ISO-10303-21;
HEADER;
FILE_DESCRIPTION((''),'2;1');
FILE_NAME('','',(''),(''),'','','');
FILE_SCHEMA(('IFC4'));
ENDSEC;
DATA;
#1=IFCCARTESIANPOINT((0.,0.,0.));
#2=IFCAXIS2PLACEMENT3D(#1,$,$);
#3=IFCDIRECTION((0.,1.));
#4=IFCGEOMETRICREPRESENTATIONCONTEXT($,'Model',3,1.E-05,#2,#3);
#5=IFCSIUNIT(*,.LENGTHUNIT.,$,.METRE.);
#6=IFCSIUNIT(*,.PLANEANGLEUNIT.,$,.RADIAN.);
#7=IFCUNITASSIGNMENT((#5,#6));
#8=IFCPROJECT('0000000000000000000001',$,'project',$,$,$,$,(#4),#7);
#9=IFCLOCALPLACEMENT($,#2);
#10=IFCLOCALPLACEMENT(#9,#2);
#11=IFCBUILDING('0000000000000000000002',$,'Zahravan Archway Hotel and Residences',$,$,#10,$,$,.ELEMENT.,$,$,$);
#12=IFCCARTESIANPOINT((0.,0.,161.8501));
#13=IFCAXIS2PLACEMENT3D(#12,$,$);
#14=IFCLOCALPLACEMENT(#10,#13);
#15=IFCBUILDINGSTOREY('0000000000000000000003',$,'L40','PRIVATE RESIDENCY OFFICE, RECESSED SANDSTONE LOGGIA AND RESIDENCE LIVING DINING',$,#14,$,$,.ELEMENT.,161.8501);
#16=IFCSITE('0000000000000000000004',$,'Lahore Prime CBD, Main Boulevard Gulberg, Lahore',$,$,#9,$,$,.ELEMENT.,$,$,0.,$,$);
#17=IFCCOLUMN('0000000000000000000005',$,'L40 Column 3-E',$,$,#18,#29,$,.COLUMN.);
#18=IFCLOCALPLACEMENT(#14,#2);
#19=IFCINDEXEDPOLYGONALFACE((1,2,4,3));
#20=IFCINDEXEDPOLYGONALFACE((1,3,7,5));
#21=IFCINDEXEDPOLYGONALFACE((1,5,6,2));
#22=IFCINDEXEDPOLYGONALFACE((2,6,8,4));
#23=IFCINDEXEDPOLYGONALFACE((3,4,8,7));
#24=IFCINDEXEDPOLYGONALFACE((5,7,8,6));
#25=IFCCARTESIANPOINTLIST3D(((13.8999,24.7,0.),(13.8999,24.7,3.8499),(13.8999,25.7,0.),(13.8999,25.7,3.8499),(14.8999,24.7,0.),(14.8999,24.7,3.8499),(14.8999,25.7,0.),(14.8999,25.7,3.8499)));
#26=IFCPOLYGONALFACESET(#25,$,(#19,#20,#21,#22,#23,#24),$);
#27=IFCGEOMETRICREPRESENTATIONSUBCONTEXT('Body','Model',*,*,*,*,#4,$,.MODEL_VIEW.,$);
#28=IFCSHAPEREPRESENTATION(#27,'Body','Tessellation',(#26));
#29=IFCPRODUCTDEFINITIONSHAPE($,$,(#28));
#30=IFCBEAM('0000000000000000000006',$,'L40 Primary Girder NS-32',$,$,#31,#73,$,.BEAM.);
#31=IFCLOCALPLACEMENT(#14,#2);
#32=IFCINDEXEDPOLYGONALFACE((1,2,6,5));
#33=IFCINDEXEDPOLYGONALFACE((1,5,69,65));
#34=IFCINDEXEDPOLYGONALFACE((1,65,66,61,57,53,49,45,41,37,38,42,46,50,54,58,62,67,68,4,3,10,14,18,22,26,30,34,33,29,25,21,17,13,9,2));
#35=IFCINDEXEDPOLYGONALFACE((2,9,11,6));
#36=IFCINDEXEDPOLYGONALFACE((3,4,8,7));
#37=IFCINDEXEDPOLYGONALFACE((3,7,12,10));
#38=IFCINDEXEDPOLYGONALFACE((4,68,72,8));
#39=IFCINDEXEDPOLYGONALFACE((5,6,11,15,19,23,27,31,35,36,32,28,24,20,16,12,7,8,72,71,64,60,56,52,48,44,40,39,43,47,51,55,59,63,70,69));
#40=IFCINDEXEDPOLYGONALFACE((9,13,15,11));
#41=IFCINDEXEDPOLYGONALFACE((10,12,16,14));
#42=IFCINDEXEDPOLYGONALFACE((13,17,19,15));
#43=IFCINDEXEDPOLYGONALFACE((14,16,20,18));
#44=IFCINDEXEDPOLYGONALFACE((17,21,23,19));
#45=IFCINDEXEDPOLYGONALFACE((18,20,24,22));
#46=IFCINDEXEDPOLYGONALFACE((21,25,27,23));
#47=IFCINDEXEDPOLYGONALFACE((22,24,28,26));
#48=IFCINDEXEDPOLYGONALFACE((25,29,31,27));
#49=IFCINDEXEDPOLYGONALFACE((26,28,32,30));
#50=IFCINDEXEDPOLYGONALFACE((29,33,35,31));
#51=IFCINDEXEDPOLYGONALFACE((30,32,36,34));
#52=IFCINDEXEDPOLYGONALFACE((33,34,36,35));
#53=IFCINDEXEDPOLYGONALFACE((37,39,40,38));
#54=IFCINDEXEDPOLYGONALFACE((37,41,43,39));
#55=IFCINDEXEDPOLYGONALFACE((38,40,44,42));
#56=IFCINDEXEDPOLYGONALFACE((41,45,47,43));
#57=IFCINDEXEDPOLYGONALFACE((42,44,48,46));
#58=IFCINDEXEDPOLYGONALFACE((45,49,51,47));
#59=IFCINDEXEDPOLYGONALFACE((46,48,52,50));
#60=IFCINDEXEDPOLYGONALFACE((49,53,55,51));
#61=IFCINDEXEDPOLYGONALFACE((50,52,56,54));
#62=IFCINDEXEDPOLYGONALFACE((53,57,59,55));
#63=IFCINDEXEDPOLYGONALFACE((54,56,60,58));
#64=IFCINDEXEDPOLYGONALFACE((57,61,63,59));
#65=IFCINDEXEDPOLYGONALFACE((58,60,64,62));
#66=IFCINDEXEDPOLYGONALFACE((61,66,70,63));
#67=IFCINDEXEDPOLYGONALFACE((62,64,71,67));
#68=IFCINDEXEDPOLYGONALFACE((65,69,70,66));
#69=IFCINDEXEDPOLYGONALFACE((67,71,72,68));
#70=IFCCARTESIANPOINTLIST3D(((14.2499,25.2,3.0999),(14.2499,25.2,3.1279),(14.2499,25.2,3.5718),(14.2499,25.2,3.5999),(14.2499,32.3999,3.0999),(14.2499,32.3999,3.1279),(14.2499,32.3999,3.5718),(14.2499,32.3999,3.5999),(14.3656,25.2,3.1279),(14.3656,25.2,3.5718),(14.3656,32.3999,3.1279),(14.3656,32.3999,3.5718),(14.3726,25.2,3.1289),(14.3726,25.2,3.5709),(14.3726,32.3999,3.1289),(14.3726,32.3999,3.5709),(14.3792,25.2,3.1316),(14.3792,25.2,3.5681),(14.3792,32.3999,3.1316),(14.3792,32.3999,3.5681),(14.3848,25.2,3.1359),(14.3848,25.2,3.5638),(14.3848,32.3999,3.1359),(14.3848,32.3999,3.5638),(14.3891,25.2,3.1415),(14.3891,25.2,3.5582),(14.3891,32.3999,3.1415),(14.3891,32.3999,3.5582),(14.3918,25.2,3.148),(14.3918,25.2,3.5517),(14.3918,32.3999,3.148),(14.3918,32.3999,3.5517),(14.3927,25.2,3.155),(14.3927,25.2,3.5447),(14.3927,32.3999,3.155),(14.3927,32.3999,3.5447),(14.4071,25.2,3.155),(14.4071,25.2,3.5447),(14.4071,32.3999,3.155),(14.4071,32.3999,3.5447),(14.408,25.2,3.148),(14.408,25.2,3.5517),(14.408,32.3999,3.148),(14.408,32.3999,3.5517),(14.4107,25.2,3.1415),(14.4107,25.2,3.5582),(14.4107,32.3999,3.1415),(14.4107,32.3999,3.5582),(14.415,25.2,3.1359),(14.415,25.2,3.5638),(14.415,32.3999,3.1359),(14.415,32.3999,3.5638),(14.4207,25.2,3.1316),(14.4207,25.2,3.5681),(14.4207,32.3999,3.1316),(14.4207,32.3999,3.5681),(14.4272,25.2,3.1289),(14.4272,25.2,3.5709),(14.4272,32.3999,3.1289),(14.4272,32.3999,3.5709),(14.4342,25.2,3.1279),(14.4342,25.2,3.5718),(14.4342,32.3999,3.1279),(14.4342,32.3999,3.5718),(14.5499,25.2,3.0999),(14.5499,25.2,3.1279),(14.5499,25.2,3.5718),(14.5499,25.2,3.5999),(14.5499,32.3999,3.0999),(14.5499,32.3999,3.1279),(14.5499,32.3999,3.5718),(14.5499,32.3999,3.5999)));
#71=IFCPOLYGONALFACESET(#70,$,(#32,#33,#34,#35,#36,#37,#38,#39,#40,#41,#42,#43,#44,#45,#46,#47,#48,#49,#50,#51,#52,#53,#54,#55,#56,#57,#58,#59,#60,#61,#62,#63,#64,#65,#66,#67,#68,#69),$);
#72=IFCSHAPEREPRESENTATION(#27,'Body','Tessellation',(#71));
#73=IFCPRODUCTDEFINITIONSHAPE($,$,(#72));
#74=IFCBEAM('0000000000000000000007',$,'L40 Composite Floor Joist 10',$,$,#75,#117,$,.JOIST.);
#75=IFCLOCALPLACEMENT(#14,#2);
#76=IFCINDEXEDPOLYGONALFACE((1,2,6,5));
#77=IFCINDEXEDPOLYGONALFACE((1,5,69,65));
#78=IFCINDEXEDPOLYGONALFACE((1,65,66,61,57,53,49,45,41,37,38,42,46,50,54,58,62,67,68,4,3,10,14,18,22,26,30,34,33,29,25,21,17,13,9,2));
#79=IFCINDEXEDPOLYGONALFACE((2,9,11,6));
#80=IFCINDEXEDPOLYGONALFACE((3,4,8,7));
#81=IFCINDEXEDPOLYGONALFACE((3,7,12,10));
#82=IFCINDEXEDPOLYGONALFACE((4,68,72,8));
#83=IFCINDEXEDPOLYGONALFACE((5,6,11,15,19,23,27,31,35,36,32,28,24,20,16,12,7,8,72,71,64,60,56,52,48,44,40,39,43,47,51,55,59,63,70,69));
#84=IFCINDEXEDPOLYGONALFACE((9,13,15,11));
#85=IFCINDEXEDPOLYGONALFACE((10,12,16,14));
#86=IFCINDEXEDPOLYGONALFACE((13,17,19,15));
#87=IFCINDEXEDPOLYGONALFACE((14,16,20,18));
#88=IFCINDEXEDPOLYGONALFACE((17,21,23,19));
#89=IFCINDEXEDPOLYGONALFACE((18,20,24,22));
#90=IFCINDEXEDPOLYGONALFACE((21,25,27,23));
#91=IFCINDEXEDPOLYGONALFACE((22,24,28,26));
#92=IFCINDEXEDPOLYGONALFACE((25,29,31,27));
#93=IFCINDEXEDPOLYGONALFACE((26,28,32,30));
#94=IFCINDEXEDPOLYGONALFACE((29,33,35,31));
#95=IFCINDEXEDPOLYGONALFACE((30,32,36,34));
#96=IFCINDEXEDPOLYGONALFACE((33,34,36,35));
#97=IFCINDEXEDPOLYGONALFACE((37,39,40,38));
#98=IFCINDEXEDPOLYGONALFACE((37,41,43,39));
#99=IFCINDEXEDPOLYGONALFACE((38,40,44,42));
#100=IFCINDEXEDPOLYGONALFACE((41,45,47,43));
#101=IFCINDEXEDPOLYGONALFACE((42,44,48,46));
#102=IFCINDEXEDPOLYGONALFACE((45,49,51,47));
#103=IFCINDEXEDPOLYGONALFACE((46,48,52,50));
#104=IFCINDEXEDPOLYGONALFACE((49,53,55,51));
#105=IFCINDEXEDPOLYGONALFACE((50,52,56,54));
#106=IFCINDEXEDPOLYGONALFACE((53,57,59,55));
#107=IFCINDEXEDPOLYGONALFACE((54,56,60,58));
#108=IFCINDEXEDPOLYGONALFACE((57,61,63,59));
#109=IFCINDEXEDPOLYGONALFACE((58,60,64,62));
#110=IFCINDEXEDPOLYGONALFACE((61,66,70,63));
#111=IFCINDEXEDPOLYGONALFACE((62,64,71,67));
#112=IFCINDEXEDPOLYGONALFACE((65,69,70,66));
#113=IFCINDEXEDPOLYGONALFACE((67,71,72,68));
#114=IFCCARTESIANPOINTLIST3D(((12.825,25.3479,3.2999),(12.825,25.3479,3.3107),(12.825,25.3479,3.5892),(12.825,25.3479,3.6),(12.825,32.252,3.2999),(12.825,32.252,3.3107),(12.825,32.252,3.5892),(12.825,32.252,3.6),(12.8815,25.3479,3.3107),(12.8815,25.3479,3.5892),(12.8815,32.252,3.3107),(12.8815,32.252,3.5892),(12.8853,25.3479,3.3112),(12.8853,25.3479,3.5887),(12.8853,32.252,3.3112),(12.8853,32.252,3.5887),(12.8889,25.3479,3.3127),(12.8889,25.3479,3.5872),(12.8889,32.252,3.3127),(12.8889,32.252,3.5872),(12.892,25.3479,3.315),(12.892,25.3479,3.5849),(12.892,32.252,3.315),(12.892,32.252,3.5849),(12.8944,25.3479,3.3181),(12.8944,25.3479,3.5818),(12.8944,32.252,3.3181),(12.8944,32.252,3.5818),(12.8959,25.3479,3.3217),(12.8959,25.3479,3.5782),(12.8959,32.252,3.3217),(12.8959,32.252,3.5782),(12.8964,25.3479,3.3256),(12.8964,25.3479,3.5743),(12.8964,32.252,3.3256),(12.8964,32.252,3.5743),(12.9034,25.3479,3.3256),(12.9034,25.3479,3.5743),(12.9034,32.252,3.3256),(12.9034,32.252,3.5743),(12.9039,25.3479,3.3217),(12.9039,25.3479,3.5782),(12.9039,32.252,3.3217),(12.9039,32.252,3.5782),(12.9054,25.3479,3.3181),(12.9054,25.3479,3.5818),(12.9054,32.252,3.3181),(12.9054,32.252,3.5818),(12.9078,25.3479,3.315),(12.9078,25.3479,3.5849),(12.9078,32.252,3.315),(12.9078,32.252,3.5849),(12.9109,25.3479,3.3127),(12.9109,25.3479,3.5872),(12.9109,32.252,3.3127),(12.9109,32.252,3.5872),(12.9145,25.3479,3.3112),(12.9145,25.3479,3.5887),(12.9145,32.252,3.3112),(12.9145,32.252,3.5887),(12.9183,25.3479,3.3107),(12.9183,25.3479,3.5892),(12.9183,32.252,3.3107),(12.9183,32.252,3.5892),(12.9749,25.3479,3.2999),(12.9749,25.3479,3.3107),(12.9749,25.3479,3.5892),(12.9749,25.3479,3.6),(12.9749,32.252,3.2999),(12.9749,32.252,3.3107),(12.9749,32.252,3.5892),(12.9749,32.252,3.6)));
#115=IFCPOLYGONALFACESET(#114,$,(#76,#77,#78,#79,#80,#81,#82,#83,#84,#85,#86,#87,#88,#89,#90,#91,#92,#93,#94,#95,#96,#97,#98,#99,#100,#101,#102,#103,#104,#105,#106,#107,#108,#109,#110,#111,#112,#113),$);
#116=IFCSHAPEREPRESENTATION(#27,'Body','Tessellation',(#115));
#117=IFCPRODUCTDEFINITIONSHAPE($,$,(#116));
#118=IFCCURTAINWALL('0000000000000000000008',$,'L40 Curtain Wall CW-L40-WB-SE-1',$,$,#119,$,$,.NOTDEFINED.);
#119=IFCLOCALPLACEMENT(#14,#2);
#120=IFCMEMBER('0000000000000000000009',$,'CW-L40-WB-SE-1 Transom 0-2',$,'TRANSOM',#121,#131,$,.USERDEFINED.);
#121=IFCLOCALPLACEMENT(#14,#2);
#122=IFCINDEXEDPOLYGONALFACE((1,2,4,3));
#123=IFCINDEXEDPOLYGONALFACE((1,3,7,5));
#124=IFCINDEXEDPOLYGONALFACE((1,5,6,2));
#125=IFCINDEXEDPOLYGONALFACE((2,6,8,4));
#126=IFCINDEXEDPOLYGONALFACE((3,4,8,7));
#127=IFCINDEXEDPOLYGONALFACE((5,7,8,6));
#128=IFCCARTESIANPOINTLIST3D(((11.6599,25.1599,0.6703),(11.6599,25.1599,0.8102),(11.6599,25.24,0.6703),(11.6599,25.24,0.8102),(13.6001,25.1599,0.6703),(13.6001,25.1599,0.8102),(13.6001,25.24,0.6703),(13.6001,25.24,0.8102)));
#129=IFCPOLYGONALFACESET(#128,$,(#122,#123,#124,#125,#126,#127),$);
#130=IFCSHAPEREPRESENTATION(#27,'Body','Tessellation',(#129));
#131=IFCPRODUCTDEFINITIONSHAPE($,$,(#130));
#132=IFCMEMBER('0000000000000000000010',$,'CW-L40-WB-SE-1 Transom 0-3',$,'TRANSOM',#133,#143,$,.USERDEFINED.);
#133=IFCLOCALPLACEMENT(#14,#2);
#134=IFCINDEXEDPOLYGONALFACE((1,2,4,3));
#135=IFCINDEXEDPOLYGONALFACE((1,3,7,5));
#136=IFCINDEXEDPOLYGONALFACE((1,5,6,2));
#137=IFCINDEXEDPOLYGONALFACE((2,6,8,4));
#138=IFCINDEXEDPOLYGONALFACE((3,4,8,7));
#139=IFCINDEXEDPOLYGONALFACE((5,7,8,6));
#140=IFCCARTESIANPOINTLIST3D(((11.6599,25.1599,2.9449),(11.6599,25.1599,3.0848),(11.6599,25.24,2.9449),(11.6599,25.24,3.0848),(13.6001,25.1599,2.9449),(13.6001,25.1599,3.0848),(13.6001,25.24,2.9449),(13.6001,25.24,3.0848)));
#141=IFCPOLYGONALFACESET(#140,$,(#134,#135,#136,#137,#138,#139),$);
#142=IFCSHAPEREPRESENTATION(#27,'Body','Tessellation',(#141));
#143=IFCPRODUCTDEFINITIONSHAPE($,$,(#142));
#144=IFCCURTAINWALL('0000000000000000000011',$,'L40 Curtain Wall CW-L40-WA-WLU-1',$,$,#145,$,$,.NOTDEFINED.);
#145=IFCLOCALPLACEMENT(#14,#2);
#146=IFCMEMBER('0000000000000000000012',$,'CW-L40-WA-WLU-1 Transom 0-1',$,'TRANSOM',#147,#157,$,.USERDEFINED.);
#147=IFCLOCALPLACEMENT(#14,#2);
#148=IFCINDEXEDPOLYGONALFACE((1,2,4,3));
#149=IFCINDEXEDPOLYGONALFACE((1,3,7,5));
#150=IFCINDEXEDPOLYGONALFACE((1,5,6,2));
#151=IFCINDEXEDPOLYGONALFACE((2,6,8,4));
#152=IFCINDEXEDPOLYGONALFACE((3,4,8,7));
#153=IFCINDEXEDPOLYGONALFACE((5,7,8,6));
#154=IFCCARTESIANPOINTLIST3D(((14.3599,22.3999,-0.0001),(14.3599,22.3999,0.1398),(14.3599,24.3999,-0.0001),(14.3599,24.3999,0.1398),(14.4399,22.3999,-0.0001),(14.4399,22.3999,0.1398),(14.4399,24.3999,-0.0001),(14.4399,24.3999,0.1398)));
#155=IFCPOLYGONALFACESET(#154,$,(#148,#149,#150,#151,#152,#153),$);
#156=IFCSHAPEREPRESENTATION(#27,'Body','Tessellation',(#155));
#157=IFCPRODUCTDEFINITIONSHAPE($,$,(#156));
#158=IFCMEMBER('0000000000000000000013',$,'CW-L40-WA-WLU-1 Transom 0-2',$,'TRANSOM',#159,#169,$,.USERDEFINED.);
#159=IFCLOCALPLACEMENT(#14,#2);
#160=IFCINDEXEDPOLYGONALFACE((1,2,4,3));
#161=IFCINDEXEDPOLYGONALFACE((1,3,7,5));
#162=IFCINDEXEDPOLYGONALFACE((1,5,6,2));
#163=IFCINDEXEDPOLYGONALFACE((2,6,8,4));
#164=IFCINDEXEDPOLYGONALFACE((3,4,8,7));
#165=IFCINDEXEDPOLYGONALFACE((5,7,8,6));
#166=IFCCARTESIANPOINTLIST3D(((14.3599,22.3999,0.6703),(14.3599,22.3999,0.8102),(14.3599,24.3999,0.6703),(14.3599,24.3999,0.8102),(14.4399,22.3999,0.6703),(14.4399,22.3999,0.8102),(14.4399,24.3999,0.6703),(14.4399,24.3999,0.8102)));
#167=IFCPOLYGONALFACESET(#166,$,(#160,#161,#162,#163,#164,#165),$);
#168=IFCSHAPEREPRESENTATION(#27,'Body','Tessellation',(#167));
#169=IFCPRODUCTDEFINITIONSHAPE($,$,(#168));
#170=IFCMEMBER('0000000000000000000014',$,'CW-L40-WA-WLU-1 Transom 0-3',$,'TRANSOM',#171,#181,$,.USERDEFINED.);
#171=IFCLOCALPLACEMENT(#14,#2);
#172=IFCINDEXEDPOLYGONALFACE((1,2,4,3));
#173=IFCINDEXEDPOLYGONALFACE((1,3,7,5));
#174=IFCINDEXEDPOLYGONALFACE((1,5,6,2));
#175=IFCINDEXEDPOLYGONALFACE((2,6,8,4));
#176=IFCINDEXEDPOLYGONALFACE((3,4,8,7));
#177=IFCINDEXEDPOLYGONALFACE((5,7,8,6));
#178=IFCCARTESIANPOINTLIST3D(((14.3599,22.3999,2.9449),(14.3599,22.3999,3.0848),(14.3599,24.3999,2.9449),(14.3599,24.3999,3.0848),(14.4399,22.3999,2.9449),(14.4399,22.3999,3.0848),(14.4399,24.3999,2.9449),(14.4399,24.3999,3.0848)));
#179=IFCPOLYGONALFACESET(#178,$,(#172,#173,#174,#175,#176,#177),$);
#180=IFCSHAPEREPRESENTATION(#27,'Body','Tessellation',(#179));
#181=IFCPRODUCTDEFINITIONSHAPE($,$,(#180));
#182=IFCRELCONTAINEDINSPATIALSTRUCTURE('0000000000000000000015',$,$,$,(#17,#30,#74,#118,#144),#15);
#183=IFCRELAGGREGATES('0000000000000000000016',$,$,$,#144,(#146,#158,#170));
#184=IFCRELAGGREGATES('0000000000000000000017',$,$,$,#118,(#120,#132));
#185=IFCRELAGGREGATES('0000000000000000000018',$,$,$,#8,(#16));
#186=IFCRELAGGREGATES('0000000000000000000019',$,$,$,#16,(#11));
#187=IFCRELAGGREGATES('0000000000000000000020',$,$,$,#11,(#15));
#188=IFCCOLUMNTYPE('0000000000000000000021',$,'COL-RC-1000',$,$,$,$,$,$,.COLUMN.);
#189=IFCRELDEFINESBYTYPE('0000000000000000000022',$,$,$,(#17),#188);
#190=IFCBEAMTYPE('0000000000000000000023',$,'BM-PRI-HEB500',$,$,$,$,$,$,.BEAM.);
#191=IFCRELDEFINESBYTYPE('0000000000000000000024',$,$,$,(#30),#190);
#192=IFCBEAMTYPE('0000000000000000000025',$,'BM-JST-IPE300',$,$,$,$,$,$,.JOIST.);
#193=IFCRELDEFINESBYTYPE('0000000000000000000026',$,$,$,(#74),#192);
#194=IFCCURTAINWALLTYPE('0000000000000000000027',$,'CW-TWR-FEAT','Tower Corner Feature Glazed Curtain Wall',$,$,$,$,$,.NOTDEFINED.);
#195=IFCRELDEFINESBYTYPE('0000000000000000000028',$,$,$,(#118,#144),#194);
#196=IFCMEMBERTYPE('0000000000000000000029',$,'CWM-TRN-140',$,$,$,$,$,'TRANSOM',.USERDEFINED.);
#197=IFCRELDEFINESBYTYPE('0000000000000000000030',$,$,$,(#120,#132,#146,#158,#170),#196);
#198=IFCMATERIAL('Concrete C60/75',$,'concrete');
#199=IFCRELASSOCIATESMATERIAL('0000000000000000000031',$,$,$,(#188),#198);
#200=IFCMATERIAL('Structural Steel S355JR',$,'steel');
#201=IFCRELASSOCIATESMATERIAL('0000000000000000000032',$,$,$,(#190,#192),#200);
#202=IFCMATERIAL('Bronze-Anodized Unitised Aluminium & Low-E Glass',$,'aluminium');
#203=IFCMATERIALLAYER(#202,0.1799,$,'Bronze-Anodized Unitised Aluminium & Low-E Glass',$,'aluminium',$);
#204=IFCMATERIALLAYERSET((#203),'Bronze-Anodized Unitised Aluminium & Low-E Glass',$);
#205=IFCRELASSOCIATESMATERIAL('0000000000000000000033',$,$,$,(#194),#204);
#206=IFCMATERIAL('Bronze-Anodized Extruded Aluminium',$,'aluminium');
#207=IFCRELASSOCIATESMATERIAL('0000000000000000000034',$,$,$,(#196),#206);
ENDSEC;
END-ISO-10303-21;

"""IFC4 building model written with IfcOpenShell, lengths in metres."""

from ifc_helpers import new_model, si_unit, direction, frame, origin, origin_2d, place, context, subcontext, project, spatial, rectangle, i_section, extrude, source, transform, mapped, material, layer, layer_set, material_profile, profile_set, type_object, type_shapes, element, aggregate, save


model = new_model("IFC4")

# Units and contexts
model_context = context("Model", 3, precision=1e-05, world=origin(), true_north=direction((0.0, 1.0)))
body_context = subcontext(model_context, "Body", "Model", "MODEL_VIEW")
ifc_project = project(units=[si_unit("LENGTHUNIT", "METRE"), si_unit("PLANEANGLEUNIT", "RADIAN")], contexts=[model_context])

# Site, building, storey
site_placement = place(None, origin())
site = spatial("IfcSite", under=ifc_project, at=site_placement, Name="Lahore Prime CBD, Main Boulevard Gulberg, Lahore", CompositionType="ELEMENT", RefElevation=0.0)
building_placement = place(site_placement, origin())
building = spatial("IfcBuilding", under=site, at=building_placement, Name="Zahravan Archway Hotel and Residences", CompositionType="ELEMENT")
storey_placement = place(building_placement, frame((0.0, 0.0, 161.8501)))
storey = spatial("IfcBuildingStorey", under=building, at=storey_placement, Name="L40", Description="PRIVATE RESIDENCY OFFICE, RECESSED SANDSTONE LOGGIA AND RESIDENCE LIVING DINING", CompositionType="ELEMENT", Elevation=161.8501)

# Column
ifc_material_1 = material(Name="Concrete C60/75", Category="concrete")
ifc_material_profile_1 = material_profile(ifc_material_1, rectangle(XDim=1.0, YDim=1.0, at=origin_2d()), Name="RC-COL-1000x1000", Category="concrete")
ifc_profile_set_1 = profile_set([ifc_material_profile_1], Name="Concrete C60/75")
column_type = type_object("IfcColumnType", Name="COL-RC-1000", PredefinedType="COLUMN", material=ifc_profile_set_1)
shared_shape_1 = source(origin(), body_context, "Body", "SweptSolid", [
    extrude(rectangle(XDim=1.0, YDim=1.0, at=origin_2d()), origin(), (0.0, 0.0, 1.0), 3.8499),
])
column_placement = place(storey_placement, frame((14.3999, 25.2, 0.0), z_axis=(0.0, 0.0, 1.0), x_axis=(1.0, 0.0, 0.0)))
element("IfcColumn", 1, at=column_placement, inside=storey, type_object=column_type, Name="L40 Column 3-E", PredefinedType="COLUMN", context=body_context, shape_type="MappedRepresentation", body=[
    mapped(shared_shape_1, transform((0.0, 0.0, 0.0), scale=1.0)),
])

# Beams
ifc_material_2 = material(Name="Structural Steel S355JR", Category="steel")
ifc_material_profile_2 = material_profile(ifc_material_2, i_section(OverallWidth=0.3, OverallDepth=0.5, WebThickness=0.0144, FlangeThickness=0.0281, FilletRadius=0.0271, at=origin_2d()), Name="HEB 500", Category="steel")
ifc_profile_set_2 = profile_set([ifc_material_profile_2], Name="Structural Steel S355JR")
beam_type_1 = type_object("IfcBeamType", Name="BM-PRI-HEB500", PredefinedType="BEAM", material=ifc_profile_set_2)
shared_shape_2 = source(origin(), body_context, "Body", "SweptSolid", [
    extrude(i_section(OverallWidth=0.3, OverallDepth=0.5, WebThickness=0.0144, FlangeThickness=0.0281, FilletRadius=0.0271, at=origin_2d()), origin(), (0.0, 0.0, 1.0), 7.2),
])
beam_1_placement = place(storey_placement, frame((14.3999, 25.2, 3.3499), z_axis=(0.0, 1.0, 0.0), x_axis=(-1.0, 0.0, 0.0)))
element("IfcBeam", 2, at=beam_1_placement, inside=storey, type_object=beam_type_1, Name="L40 Primary Girder NS-32", PredefinedType="BEAM", context=body_context, shape_type="MappedRepresentation", body=[
    mapped(shared_shape_2, transform((0.0, 0.0, 0.0), scale=1.0)),
])
ifc_material_profile_3 = material_profile(ifc_material_2, i_section(OverallWidth=0.1499, OverallDepth=0.3, WebThickness=0.0071, FlangeThickness=0.0107, FilletRadius=0.0149, at=origin_2d()), Name="IPE 300", Category="steel")
ifc_profile_set_3 = profile_set([ifc_material_profile_3], Name="Structural Steel S355JR")
beam_type_2 = type_object("IfcBeamType", Name="BM-JST-IPE300", PredefinedType="JOIST", material=ifc_profile_set_3)
shared_shape_3 = source(origin(), body_context, "Body", "SweptSolid", [
    extrude(i_section(OverallWidth=0.1499, OverallDepth=0.3, WebThickness=0.0071, FlangeThickness=0.0107, FilletRadius=0.0149, at=origin_2d()), origin(), (0.0, 0.0, 1.0), 6.9041),
])
type_shapes(beam_type_2, [shared_shape_3])
beam_2_placement = place(storey_placement, frame((12.8999, 25.3479, 3.45), z_axis=(0.0, 1.0, 0.0), x_axis=(-1.0, 0.0, 0.0)))
element("IfcBeam", 3, at=beam_2_placement, inside=storey, type_object=beam_type_2, Name="L40 Composite Floor Joist 10", PredefinedType="JOIST", context=body_context, shape_type="MappedRepresentation", body=[
    mapped(shared_shape_3, transform((0.0, 0.0, 0.0), scale=1.0)),
])

# Curtain walls, members
ifc_material_3 = material(Name="Bronze-Anodized Unitised Aluminium & Low-E Glass", Category="aluminium")
ifc_layer_1 = layer(ifc_material_3, 0.1799, Name="Bronze-Anodized Unitised Aluminium & Low-E Glass", Category="aluminium")
ifc_layer_set_1 = layer_set([ifc_layer_1], Name="Bronze-Anodized Unitised Aluminium & Low-E Glass")
curtain_wall_type = type_object("IfcCurtainWallType", Name="CW-TWR-FEAT", Description="Tower Corner Feature Glazed Curtain Wall", PredefinedType="NOTDEFINED", material=ifc_layer_set_1)
curtain_wall_1_placement = place(storey_placement, origin())
curtain_wall_1 = element("IfcCurtainWall", 4, at=curtain_wall_1_placement, inside=storey, type_object=curtain_wall_type, Name="L40 Curtain Wall CW-L40-WB-SE-1", PredefinedType="NOTDEFINED")
ifc_material_4 = material(Name="Bronze-Anodized Extruded Aluminium", Category="aluminium")
ifc_material_profile_4 = material_profile(ifc_material_4, rectangle(XDim=0.0801, YDim=0.1399, at=origin_2d()), Name="TRN 80x140", Category="aluminium")
ifc_profile_set_4 = profile_set([ifc_material_profile_4], Name="Bronze-Anodized Extruded Aluminium")
member_type_1 = type_object("IfcMemberType", Name="CWM-TRN-140", ElementType="TRANSOM", PredefinedType="USERDEFINED", material=ifc_profile_set_4)
shared_shape_4 = source(origin(), body_context, "Body", "SweptSolid", [
    extrude(rectangle(XDim=0.0801, YDim=0.1399, at=origin_2d()), origin(), (0.0, 0.0, 1.0), 1.9402),
])
member_1_placement = place(storey_placement, frame((11.6599, 25.2, 0.7402), z_axis=(1.0, 0.0, 0.0), x_axis=(0.0, 1.0, 0.0)))
member_1 = element("IfcMember", 5, at=member_1_placement, type_object=member_type_1, Name="CW-L40-WB-SE-1 Transom 0-2", ObjectType="TRANSOM", PredefinedType="USERDEFINED", context=body_context, shape_type="MappedRepresentation", body=[
    mapped(shared_shape_4, transform((0.0, 0.0, 0.0), scale=1.0)),
])
member_2_placement = place(storey_placement, frame((11.6599, 25.2, 3.0149), z_axis=(1.0, 0.0, 0.0), x_axis=(0.0, 1.0, 0.0)))
member_2 = element("IfcMember", 6, at=member_2_placement, type_object=member_type_1, Name="CW-L40-WB-SE-1 Transom 0-3", ObjectType="TRANSOM", PredefinedType="USERDEFINED", context=body_context, shape_type="MappedRepresentation", body=[
    mapped(shared_shape_4, transform((0.0, 0.0, 0.0), scale=1.0)),
])
curtain_wall_2_placement = place(storey_placement, origin())
curtain_wall_2 = element("IfcCurtainWall", 7, at=curtain_wall_2_placement, inside=storey, type_object=curtain_wall_type, Name="L40 Curtain Wall CW-L40-WA-WLU-1", PredefinedType="NOTDEFINED")
shared_shape_5 = source(origin(), body_context, "Body", "SweptSolid", [
    extrude(rectangle(XDim=0.0801, YDim=0.1399, at=origin_2d()), origin(), (0.0, 0.0, 1.0), 2.0),
])
member_3_placement = place(storey_placement, frame((14.3999, 22.3999, 0.0698), z_axis=(0.0, 1.0, 0.0), x_axis=(-1.0, 0.0, 0.0)))
member_3 = element("IfcMember", 8, at=member_3_placement, type_object=member_type_1, Name="CW-L40-WA-WLU-1 Transom 0-1", ObjectType="TRANSOM", PredefinedType="USERDEFINED", context=body_context, shape_type="MappedRepresentation", body=[
    mapped(shared_shape_5, transform((0.0, 0.0, 0.0), scale=1.0)),
])
member_4_placement = place(storey_placement, frame((14.3999, 22.3999, 0.7402), z_axis=(0.0, 1.0, 0.0), x_axis=(-1.0, 0.0, 0.0)))
member_4 = element("IfcMember", 9, at=member_4_placement, type_object=member_type_1, Name="CW-L40-WA-WLU-1 Transom 0-2", ObjectType="TRANSOM", PredefinedType="USERDEFINED", context=body_context, shape_type="MappedRepresentation", body=[
    mapped(shared_shape_5, transform((0.0, 0.0, 0.0), scale=1.0)),
])
member_5_placement = place(storey_placement, frame((14.3999, 22.3999, 3.0149), z_axis=(0.0, 1.0, 0.0), x_axis=(-1.0, 0.0, 0.0)))
member_5 = element("IfcMember", 10, at=member_5_placement, type_object=member_type_1, Name="CW-L40-WA-WLU-1 Transom 0-3", ObjectType="TRANSOM", PredefinedType="USERDEFINED", context=body_context, shape_type="MappedRepresentation", body=[
    mapped(shared_shape_5, transform((0.0, 0.0, 0.0), scale=1.0)),
])

aggregate(curtain_wall_2, [member_3, member_4, member_5])
aggregate(curtain_wall_1, [member_1, member_2])

save(model, "model.ifc")
